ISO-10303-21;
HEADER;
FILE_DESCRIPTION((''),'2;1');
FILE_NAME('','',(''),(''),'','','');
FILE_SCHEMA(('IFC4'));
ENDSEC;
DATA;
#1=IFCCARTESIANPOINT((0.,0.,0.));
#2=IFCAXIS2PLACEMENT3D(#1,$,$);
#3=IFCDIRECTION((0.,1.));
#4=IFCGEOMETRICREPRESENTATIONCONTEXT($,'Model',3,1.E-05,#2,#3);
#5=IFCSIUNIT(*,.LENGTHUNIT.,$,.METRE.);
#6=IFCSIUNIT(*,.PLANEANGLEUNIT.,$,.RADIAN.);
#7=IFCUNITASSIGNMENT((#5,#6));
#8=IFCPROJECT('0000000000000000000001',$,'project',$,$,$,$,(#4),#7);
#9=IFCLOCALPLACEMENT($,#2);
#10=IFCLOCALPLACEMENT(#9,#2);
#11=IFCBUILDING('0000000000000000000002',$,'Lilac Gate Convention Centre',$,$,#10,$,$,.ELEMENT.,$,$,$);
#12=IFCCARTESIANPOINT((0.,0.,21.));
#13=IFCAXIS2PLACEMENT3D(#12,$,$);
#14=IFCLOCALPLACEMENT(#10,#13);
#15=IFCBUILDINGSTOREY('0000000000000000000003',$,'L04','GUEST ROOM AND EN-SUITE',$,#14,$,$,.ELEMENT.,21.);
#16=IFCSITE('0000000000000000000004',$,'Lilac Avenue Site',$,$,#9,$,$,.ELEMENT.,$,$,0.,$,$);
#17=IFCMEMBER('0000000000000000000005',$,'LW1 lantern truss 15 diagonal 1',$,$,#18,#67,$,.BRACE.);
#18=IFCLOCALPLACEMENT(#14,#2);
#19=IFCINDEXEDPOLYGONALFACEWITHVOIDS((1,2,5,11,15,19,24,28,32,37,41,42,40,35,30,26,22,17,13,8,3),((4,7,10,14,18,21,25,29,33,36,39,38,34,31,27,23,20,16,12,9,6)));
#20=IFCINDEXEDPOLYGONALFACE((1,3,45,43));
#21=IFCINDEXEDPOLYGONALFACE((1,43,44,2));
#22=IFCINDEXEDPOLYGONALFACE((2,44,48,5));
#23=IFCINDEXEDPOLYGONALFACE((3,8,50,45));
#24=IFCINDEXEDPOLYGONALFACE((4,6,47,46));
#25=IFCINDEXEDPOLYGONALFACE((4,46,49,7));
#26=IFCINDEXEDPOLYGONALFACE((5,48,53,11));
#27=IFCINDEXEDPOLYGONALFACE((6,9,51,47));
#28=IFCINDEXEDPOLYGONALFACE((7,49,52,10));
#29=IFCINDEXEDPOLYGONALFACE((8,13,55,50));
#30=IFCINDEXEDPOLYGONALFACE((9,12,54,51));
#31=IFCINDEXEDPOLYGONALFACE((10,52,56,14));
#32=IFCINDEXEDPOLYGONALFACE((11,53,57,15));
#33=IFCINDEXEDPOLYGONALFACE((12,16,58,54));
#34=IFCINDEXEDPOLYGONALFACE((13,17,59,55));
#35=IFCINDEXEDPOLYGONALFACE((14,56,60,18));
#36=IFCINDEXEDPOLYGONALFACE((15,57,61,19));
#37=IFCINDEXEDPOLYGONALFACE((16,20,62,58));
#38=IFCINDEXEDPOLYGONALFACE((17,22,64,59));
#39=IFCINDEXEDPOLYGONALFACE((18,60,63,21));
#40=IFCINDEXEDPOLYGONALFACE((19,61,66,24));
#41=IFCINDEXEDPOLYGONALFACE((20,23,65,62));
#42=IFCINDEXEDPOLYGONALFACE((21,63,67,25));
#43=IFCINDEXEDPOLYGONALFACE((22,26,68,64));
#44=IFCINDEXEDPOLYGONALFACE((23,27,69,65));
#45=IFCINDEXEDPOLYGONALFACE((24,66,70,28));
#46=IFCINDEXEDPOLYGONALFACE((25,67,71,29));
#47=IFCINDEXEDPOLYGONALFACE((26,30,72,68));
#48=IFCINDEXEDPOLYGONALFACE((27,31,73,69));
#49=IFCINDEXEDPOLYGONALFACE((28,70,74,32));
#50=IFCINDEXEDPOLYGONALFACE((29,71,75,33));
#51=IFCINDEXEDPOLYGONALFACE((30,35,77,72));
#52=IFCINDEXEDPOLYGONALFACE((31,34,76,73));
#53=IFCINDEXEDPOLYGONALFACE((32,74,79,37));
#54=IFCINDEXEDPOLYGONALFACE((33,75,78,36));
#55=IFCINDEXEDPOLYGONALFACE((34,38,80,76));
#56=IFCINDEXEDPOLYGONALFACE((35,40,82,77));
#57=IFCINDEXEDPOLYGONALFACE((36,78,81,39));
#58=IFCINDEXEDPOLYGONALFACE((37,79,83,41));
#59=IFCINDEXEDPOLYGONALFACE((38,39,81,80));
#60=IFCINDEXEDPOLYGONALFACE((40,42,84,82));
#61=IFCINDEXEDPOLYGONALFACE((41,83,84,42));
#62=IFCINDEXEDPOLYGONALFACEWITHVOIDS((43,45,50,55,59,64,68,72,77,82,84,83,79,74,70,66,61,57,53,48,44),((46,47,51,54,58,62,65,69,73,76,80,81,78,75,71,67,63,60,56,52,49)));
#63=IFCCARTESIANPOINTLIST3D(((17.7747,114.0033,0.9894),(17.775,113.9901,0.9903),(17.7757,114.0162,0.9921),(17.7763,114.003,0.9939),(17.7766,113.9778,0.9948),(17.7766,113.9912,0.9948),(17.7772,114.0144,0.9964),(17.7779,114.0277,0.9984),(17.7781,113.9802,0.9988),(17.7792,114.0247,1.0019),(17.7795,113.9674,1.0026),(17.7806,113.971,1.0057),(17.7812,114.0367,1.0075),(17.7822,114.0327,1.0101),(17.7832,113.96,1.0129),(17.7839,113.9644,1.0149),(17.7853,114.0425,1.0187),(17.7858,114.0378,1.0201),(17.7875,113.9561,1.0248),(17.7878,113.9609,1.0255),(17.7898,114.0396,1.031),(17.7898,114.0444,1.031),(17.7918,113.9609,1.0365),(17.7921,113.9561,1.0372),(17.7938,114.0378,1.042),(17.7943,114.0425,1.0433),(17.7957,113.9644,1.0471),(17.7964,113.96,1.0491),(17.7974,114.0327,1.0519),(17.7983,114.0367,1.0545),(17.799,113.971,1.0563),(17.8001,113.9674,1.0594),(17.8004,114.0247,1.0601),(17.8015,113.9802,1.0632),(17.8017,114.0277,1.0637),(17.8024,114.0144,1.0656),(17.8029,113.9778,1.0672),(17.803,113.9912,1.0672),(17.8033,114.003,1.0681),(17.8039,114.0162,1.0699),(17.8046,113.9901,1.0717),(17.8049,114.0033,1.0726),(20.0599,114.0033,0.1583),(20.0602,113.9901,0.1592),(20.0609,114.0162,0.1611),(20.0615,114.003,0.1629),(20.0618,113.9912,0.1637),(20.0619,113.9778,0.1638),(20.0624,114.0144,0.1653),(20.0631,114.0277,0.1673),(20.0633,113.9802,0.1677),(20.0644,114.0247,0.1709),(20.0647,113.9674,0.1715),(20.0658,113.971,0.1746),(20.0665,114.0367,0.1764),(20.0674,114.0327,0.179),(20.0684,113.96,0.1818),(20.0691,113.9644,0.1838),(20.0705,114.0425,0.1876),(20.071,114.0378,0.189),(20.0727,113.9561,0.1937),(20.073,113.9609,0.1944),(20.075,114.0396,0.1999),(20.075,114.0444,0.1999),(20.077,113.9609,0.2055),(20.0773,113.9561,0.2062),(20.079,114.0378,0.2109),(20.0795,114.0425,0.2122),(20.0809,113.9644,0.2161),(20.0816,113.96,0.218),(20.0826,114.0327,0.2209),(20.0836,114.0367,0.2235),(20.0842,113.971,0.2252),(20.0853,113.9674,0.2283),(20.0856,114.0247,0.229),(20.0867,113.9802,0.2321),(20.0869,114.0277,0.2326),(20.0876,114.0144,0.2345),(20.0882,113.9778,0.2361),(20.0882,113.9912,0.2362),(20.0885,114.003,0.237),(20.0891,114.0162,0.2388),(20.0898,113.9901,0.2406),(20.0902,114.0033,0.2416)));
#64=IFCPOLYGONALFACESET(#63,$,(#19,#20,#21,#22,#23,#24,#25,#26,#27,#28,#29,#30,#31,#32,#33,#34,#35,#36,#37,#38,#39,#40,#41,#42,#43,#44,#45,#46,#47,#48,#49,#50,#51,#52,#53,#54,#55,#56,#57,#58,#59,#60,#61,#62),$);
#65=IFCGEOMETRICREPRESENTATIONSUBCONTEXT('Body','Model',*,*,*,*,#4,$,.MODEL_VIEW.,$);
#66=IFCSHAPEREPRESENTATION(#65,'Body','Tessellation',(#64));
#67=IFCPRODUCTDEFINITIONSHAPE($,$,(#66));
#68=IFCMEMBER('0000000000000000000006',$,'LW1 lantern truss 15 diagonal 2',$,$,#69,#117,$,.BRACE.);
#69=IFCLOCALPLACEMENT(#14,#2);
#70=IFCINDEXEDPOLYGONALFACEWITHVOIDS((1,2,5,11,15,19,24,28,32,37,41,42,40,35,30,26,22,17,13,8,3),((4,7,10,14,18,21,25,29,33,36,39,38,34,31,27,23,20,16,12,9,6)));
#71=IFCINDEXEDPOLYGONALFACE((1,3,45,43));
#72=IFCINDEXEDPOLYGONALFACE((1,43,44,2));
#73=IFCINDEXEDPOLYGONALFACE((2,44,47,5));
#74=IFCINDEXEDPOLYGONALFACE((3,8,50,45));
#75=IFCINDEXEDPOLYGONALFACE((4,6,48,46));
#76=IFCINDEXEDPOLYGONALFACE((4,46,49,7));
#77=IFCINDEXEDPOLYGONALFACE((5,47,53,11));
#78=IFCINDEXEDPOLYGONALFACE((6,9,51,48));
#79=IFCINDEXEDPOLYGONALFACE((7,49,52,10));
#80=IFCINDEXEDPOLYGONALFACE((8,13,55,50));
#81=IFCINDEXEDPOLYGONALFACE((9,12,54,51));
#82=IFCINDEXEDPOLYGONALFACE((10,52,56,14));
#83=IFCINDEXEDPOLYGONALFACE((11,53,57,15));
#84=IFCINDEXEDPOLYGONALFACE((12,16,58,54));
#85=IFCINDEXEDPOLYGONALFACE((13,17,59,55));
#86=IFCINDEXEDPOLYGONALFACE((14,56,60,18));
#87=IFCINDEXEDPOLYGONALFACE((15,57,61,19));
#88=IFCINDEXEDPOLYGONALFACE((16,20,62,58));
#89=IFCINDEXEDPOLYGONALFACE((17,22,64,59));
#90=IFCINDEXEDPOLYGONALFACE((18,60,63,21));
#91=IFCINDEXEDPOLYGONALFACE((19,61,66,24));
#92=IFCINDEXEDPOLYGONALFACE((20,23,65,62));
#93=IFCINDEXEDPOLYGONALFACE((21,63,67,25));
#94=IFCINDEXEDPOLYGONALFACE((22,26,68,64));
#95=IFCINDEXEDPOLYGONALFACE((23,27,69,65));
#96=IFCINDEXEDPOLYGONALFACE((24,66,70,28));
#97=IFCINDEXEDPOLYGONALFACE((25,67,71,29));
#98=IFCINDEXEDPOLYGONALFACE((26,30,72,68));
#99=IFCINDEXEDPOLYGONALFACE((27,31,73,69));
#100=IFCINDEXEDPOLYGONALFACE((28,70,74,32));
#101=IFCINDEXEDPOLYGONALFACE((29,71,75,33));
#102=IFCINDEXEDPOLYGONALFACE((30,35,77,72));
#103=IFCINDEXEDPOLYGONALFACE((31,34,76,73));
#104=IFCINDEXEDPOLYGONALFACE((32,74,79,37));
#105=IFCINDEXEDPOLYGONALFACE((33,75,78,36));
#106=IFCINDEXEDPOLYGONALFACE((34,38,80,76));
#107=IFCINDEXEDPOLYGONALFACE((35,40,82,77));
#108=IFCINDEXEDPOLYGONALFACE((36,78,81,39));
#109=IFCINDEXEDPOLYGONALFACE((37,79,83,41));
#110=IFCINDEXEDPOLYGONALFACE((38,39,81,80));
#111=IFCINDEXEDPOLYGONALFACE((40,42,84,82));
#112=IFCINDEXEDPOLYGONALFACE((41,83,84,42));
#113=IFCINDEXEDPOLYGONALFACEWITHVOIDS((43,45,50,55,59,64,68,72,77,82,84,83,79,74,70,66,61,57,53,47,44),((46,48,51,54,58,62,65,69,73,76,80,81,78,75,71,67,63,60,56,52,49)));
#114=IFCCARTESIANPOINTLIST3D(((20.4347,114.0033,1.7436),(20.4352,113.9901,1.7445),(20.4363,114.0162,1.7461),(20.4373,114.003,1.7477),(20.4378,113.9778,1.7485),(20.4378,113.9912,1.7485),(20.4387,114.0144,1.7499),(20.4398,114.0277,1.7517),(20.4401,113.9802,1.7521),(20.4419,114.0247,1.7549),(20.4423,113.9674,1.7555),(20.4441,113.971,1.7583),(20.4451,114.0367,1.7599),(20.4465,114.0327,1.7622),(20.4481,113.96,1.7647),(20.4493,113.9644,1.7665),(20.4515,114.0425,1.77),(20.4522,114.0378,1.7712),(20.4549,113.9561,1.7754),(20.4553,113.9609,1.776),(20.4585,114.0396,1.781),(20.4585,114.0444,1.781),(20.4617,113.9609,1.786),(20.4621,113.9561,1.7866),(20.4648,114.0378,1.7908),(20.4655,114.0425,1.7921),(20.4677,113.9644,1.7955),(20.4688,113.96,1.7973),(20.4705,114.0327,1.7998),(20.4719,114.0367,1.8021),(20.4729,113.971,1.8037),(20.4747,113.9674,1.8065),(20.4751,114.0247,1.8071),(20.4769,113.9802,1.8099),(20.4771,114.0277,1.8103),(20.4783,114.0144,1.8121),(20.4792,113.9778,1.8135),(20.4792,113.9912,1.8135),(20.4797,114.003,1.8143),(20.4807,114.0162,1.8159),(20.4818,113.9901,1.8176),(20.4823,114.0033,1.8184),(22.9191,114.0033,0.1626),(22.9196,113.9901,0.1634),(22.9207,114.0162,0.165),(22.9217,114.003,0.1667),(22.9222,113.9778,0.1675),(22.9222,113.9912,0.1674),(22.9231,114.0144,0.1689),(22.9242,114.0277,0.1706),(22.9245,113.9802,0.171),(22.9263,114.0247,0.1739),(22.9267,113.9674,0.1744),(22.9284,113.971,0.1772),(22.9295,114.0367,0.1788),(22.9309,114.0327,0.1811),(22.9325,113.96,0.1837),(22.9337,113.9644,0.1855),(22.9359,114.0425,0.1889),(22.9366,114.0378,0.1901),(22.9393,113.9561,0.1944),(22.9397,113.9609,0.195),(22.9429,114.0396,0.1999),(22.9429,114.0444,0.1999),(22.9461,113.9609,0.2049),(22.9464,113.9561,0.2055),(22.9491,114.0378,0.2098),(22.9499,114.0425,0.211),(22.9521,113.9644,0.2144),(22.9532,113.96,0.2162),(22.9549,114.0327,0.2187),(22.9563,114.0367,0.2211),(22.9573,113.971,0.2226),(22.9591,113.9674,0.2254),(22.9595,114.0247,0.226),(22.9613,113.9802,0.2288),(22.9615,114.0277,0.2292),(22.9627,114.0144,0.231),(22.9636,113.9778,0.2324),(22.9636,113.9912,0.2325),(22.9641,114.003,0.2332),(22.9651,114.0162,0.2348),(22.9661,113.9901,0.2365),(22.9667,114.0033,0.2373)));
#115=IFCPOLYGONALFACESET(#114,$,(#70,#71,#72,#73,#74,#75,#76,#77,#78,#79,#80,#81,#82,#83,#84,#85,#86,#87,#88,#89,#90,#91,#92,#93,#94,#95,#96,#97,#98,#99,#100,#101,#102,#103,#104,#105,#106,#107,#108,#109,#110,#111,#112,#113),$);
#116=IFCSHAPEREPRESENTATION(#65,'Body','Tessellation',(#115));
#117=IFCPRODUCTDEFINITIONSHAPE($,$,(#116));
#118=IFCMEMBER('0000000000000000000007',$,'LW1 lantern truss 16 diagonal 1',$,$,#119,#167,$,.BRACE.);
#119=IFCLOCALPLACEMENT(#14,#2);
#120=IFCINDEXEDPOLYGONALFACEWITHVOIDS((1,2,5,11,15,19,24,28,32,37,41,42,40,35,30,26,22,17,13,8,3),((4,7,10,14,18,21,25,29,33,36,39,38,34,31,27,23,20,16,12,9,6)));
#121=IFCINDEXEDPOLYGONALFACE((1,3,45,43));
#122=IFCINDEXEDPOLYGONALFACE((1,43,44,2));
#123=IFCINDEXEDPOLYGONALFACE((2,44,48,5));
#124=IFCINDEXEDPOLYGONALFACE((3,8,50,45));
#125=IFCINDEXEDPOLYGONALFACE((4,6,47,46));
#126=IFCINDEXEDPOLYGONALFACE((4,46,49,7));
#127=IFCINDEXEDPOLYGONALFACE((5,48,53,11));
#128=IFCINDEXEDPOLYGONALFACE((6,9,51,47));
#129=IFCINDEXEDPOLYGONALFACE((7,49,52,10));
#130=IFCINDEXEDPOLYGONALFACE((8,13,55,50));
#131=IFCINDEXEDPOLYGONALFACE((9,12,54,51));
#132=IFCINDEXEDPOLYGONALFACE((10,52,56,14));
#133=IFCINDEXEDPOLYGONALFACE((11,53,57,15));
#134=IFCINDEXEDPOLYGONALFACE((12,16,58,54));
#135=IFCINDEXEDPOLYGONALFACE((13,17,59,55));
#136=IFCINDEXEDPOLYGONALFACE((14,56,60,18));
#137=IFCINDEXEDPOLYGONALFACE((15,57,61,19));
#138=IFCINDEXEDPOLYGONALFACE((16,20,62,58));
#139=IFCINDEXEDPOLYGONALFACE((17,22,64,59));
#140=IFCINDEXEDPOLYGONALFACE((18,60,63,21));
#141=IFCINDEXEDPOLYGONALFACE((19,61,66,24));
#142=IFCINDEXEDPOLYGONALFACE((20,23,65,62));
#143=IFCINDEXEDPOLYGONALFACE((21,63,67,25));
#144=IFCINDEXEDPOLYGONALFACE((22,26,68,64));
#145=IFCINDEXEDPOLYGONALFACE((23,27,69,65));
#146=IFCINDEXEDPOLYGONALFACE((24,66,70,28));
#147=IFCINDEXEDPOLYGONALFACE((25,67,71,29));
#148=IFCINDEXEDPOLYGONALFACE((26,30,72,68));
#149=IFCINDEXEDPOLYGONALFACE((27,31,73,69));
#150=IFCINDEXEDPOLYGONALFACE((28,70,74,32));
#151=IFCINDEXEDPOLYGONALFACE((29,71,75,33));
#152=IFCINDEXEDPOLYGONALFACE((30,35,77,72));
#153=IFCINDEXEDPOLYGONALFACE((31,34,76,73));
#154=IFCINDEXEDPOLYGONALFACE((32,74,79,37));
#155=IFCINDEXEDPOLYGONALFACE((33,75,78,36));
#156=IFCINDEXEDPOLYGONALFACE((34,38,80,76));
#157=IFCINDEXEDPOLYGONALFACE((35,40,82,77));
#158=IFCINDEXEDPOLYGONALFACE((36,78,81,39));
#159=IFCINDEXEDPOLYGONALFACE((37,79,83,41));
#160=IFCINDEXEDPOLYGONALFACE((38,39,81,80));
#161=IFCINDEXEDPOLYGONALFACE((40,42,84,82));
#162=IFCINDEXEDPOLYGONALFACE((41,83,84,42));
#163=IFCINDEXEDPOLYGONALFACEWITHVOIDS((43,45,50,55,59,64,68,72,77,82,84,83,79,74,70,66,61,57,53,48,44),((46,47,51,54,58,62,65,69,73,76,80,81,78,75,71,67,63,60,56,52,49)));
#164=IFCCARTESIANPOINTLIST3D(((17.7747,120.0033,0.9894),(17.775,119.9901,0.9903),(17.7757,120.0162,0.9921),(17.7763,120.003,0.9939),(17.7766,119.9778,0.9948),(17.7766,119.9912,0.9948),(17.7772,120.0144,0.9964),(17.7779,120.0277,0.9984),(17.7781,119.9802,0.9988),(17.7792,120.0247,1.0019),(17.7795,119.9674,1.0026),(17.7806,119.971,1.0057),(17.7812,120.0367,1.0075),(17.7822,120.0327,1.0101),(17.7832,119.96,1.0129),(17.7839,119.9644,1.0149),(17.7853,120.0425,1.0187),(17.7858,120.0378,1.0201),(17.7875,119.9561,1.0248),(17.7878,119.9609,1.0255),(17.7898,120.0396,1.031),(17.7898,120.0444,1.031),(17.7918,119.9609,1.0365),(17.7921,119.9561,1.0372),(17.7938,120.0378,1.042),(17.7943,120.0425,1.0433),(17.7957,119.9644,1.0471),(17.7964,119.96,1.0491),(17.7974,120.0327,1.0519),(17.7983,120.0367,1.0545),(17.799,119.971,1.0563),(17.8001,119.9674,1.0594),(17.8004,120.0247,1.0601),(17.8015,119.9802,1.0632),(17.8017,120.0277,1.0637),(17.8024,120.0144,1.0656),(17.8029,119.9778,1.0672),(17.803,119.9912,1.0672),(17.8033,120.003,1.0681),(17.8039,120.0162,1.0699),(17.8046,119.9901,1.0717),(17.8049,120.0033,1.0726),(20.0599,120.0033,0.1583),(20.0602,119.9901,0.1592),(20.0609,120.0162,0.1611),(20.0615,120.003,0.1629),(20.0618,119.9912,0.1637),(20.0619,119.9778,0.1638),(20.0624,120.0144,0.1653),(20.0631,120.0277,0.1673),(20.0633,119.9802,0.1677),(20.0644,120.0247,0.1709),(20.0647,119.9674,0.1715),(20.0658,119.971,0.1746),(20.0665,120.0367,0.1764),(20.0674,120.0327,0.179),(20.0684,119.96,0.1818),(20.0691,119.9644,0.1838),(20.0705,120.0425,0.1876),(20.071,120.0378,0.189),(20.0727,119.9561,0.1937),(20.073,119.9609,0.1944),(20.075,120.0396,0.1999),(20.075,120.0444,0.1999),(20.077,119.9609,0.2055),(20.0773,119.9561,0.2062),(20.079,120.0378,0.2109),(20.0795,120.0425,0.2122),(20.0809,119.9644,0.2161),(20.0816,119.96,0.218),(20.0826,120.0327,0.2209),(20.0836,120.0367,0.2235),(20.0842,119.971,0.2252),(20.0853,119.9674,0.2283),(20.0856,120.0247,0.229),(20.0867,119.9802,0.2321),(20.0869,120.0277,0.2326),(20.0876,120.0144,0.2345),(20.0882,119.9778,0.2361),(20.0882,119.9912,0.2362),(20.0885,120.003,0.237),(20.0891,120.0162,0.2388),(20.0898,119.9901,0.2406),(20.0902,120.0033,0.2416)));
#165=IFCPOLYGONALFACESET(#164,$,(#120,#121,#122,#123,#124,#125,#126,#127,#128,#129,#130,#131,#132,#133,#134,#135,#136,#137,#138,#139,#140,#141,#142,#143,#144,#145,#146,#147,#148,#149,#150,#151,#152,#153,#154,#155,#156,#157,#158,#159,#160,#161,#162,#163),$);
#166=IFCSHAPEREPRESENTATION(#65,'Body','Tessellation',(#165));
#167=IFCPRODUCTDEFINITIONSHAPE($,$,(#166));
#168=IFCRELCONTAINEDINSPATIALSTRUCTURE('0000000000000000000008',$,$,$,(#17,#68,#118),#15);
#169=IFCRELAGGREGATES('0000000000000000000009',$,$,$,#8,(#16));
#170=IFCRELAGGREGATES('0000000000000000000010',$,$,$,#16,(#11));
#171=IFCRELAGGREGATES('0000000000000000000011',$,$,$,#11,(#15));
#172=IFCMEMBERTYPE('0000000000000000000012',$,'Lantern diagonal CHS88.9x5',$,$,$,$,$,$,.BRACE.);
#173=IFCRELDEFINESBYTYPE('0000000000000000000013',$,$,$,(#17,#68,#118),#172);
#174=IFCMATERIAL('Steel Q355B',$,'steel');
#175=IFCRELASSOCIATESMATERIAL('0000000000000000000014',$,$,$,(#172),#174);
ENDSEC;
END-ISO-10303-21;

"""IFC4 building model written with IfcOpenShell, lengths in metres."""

from ifc_helpers import new_model, si_unit, direction, frame, origin, origin_2d, place, context, subcontext, project, spatial, hollow_circle, extrude, material, material_profile, profile_set, type_object, element, save


model = new_model("IFC4")

# Units and contexts
model_context = context("Model", 3, precision=1e-05, world=origin(), true_north=direction((0.0, 1.0)))
body_context = subcontext(model_context, "Body", "Model", "MODEL_VIEW")
ifc_project = project(units=[si_unit("LENGTHUNIT", "METRE"), si_unit("PLANEANGLEUNIT", "RADIAN")], contexts=[model_context])

# Site, building, storey
site_placement = place(None, origin())
site = spatial("IfcSite", under=ifc_project, at=site_placement, Name="Lilac Avenue Site", CompositionType="ELEMENT", RefElevation=0.0)
building_placement = place(site_placement, origin())
building = spatial("IfcBuilding", under=site, at=building_placement, Name="Lilac Gate Convention Centre", CompositionType="ELEMENT")
storey_placement = place(building_placement, frame((0.0, 0.0, 21.0)))
storey = spatial("IfcBuildingStorey", under=building, at=storey_placement, Name="L04", Description="GUEST ROOM AND EN-SUITE", CompositionType="ELEMENT", Elevation=21.0)

# Members
ifc_material_1 = material(Name="Steel Q355B", Category="steel")
ifc_material_profile_1 = material_profile(ifc_material_1, hollow_circle(Radius=0.0444, WallThickness=0.0049, at=origin_2d()), Name="CHS88.9x5")
ifc_profile_set_1 = profile_set([ifc_material_profile_1], Name="Steel Q355B")
member_type_1 = type_object("IfcMemberType", Name="Lantern diagonal CHS88.9x5", PredefinedType="BRACE", material=ifc_profile_set_1)
member_1_placement = place(storey_placement, frame((17.7898, 114.0, 1.031), z_axis=(0.939782, 0.0, -0.341775), x_axis=(0.0, 1.0, 0.0)))
element("IfcMember", 1, at=member_1_placement, inside=storey, type_object=member_type_1, Name="LW1 lantern truss 15 diagonal 1", PredefinedType="BRACE", context=body_context, shape_type="SweptSolid", body=[
    extrude(hollow_circle(Radius=0.0444, WallThickness=0.0049, at=origin_2d()), origin(), (0.0, 0.0, 1.0), 2.4316),
])
member_2_placement = place(storey_placement, frame((20.4585, 114.0, 1.781), z_axis=(0.843648, 0.0, -0.536897), x_axis=(0.0, 1.0, 0.0)))
element("IfcMember", 2, at=member_2_placement, inside=storey, type_object=member_type_1, Name="LW1 lantern truss 15 diagonal 2", PredefinedType="BRACE", context=body_context, shape_type="SweptSolid", body=[
    extrude(hollow_circle(Radius=0.0444, WallThickness=0.0049, at=origin_2d()), origin(), (0.0, 0.0, 1.0), 2.9448),
])
member_3_placement = place(storey_placement, frame((17.7898, 120.0, 1.031), z_axis=(0.939782, 0.0, -0.341775), x_axis=(0.0, 1.0, 0.0)))
element("IfcMember", 3, at=member_3_placement, inside=storey, type_object=member_type_1, Name="LW1 lantern truss 16 diagonal 1", PredefinedType="BRACE", context=body_context, shape_type="SweptSolid", body=[
    extrude(hollow_circle(Radius=0.0444, WallThickness=0.0049, at=origin_2d()), origin(), (0.0, 0.0, 1.0), 2.4316),
])

save(model, "model.ifc")
